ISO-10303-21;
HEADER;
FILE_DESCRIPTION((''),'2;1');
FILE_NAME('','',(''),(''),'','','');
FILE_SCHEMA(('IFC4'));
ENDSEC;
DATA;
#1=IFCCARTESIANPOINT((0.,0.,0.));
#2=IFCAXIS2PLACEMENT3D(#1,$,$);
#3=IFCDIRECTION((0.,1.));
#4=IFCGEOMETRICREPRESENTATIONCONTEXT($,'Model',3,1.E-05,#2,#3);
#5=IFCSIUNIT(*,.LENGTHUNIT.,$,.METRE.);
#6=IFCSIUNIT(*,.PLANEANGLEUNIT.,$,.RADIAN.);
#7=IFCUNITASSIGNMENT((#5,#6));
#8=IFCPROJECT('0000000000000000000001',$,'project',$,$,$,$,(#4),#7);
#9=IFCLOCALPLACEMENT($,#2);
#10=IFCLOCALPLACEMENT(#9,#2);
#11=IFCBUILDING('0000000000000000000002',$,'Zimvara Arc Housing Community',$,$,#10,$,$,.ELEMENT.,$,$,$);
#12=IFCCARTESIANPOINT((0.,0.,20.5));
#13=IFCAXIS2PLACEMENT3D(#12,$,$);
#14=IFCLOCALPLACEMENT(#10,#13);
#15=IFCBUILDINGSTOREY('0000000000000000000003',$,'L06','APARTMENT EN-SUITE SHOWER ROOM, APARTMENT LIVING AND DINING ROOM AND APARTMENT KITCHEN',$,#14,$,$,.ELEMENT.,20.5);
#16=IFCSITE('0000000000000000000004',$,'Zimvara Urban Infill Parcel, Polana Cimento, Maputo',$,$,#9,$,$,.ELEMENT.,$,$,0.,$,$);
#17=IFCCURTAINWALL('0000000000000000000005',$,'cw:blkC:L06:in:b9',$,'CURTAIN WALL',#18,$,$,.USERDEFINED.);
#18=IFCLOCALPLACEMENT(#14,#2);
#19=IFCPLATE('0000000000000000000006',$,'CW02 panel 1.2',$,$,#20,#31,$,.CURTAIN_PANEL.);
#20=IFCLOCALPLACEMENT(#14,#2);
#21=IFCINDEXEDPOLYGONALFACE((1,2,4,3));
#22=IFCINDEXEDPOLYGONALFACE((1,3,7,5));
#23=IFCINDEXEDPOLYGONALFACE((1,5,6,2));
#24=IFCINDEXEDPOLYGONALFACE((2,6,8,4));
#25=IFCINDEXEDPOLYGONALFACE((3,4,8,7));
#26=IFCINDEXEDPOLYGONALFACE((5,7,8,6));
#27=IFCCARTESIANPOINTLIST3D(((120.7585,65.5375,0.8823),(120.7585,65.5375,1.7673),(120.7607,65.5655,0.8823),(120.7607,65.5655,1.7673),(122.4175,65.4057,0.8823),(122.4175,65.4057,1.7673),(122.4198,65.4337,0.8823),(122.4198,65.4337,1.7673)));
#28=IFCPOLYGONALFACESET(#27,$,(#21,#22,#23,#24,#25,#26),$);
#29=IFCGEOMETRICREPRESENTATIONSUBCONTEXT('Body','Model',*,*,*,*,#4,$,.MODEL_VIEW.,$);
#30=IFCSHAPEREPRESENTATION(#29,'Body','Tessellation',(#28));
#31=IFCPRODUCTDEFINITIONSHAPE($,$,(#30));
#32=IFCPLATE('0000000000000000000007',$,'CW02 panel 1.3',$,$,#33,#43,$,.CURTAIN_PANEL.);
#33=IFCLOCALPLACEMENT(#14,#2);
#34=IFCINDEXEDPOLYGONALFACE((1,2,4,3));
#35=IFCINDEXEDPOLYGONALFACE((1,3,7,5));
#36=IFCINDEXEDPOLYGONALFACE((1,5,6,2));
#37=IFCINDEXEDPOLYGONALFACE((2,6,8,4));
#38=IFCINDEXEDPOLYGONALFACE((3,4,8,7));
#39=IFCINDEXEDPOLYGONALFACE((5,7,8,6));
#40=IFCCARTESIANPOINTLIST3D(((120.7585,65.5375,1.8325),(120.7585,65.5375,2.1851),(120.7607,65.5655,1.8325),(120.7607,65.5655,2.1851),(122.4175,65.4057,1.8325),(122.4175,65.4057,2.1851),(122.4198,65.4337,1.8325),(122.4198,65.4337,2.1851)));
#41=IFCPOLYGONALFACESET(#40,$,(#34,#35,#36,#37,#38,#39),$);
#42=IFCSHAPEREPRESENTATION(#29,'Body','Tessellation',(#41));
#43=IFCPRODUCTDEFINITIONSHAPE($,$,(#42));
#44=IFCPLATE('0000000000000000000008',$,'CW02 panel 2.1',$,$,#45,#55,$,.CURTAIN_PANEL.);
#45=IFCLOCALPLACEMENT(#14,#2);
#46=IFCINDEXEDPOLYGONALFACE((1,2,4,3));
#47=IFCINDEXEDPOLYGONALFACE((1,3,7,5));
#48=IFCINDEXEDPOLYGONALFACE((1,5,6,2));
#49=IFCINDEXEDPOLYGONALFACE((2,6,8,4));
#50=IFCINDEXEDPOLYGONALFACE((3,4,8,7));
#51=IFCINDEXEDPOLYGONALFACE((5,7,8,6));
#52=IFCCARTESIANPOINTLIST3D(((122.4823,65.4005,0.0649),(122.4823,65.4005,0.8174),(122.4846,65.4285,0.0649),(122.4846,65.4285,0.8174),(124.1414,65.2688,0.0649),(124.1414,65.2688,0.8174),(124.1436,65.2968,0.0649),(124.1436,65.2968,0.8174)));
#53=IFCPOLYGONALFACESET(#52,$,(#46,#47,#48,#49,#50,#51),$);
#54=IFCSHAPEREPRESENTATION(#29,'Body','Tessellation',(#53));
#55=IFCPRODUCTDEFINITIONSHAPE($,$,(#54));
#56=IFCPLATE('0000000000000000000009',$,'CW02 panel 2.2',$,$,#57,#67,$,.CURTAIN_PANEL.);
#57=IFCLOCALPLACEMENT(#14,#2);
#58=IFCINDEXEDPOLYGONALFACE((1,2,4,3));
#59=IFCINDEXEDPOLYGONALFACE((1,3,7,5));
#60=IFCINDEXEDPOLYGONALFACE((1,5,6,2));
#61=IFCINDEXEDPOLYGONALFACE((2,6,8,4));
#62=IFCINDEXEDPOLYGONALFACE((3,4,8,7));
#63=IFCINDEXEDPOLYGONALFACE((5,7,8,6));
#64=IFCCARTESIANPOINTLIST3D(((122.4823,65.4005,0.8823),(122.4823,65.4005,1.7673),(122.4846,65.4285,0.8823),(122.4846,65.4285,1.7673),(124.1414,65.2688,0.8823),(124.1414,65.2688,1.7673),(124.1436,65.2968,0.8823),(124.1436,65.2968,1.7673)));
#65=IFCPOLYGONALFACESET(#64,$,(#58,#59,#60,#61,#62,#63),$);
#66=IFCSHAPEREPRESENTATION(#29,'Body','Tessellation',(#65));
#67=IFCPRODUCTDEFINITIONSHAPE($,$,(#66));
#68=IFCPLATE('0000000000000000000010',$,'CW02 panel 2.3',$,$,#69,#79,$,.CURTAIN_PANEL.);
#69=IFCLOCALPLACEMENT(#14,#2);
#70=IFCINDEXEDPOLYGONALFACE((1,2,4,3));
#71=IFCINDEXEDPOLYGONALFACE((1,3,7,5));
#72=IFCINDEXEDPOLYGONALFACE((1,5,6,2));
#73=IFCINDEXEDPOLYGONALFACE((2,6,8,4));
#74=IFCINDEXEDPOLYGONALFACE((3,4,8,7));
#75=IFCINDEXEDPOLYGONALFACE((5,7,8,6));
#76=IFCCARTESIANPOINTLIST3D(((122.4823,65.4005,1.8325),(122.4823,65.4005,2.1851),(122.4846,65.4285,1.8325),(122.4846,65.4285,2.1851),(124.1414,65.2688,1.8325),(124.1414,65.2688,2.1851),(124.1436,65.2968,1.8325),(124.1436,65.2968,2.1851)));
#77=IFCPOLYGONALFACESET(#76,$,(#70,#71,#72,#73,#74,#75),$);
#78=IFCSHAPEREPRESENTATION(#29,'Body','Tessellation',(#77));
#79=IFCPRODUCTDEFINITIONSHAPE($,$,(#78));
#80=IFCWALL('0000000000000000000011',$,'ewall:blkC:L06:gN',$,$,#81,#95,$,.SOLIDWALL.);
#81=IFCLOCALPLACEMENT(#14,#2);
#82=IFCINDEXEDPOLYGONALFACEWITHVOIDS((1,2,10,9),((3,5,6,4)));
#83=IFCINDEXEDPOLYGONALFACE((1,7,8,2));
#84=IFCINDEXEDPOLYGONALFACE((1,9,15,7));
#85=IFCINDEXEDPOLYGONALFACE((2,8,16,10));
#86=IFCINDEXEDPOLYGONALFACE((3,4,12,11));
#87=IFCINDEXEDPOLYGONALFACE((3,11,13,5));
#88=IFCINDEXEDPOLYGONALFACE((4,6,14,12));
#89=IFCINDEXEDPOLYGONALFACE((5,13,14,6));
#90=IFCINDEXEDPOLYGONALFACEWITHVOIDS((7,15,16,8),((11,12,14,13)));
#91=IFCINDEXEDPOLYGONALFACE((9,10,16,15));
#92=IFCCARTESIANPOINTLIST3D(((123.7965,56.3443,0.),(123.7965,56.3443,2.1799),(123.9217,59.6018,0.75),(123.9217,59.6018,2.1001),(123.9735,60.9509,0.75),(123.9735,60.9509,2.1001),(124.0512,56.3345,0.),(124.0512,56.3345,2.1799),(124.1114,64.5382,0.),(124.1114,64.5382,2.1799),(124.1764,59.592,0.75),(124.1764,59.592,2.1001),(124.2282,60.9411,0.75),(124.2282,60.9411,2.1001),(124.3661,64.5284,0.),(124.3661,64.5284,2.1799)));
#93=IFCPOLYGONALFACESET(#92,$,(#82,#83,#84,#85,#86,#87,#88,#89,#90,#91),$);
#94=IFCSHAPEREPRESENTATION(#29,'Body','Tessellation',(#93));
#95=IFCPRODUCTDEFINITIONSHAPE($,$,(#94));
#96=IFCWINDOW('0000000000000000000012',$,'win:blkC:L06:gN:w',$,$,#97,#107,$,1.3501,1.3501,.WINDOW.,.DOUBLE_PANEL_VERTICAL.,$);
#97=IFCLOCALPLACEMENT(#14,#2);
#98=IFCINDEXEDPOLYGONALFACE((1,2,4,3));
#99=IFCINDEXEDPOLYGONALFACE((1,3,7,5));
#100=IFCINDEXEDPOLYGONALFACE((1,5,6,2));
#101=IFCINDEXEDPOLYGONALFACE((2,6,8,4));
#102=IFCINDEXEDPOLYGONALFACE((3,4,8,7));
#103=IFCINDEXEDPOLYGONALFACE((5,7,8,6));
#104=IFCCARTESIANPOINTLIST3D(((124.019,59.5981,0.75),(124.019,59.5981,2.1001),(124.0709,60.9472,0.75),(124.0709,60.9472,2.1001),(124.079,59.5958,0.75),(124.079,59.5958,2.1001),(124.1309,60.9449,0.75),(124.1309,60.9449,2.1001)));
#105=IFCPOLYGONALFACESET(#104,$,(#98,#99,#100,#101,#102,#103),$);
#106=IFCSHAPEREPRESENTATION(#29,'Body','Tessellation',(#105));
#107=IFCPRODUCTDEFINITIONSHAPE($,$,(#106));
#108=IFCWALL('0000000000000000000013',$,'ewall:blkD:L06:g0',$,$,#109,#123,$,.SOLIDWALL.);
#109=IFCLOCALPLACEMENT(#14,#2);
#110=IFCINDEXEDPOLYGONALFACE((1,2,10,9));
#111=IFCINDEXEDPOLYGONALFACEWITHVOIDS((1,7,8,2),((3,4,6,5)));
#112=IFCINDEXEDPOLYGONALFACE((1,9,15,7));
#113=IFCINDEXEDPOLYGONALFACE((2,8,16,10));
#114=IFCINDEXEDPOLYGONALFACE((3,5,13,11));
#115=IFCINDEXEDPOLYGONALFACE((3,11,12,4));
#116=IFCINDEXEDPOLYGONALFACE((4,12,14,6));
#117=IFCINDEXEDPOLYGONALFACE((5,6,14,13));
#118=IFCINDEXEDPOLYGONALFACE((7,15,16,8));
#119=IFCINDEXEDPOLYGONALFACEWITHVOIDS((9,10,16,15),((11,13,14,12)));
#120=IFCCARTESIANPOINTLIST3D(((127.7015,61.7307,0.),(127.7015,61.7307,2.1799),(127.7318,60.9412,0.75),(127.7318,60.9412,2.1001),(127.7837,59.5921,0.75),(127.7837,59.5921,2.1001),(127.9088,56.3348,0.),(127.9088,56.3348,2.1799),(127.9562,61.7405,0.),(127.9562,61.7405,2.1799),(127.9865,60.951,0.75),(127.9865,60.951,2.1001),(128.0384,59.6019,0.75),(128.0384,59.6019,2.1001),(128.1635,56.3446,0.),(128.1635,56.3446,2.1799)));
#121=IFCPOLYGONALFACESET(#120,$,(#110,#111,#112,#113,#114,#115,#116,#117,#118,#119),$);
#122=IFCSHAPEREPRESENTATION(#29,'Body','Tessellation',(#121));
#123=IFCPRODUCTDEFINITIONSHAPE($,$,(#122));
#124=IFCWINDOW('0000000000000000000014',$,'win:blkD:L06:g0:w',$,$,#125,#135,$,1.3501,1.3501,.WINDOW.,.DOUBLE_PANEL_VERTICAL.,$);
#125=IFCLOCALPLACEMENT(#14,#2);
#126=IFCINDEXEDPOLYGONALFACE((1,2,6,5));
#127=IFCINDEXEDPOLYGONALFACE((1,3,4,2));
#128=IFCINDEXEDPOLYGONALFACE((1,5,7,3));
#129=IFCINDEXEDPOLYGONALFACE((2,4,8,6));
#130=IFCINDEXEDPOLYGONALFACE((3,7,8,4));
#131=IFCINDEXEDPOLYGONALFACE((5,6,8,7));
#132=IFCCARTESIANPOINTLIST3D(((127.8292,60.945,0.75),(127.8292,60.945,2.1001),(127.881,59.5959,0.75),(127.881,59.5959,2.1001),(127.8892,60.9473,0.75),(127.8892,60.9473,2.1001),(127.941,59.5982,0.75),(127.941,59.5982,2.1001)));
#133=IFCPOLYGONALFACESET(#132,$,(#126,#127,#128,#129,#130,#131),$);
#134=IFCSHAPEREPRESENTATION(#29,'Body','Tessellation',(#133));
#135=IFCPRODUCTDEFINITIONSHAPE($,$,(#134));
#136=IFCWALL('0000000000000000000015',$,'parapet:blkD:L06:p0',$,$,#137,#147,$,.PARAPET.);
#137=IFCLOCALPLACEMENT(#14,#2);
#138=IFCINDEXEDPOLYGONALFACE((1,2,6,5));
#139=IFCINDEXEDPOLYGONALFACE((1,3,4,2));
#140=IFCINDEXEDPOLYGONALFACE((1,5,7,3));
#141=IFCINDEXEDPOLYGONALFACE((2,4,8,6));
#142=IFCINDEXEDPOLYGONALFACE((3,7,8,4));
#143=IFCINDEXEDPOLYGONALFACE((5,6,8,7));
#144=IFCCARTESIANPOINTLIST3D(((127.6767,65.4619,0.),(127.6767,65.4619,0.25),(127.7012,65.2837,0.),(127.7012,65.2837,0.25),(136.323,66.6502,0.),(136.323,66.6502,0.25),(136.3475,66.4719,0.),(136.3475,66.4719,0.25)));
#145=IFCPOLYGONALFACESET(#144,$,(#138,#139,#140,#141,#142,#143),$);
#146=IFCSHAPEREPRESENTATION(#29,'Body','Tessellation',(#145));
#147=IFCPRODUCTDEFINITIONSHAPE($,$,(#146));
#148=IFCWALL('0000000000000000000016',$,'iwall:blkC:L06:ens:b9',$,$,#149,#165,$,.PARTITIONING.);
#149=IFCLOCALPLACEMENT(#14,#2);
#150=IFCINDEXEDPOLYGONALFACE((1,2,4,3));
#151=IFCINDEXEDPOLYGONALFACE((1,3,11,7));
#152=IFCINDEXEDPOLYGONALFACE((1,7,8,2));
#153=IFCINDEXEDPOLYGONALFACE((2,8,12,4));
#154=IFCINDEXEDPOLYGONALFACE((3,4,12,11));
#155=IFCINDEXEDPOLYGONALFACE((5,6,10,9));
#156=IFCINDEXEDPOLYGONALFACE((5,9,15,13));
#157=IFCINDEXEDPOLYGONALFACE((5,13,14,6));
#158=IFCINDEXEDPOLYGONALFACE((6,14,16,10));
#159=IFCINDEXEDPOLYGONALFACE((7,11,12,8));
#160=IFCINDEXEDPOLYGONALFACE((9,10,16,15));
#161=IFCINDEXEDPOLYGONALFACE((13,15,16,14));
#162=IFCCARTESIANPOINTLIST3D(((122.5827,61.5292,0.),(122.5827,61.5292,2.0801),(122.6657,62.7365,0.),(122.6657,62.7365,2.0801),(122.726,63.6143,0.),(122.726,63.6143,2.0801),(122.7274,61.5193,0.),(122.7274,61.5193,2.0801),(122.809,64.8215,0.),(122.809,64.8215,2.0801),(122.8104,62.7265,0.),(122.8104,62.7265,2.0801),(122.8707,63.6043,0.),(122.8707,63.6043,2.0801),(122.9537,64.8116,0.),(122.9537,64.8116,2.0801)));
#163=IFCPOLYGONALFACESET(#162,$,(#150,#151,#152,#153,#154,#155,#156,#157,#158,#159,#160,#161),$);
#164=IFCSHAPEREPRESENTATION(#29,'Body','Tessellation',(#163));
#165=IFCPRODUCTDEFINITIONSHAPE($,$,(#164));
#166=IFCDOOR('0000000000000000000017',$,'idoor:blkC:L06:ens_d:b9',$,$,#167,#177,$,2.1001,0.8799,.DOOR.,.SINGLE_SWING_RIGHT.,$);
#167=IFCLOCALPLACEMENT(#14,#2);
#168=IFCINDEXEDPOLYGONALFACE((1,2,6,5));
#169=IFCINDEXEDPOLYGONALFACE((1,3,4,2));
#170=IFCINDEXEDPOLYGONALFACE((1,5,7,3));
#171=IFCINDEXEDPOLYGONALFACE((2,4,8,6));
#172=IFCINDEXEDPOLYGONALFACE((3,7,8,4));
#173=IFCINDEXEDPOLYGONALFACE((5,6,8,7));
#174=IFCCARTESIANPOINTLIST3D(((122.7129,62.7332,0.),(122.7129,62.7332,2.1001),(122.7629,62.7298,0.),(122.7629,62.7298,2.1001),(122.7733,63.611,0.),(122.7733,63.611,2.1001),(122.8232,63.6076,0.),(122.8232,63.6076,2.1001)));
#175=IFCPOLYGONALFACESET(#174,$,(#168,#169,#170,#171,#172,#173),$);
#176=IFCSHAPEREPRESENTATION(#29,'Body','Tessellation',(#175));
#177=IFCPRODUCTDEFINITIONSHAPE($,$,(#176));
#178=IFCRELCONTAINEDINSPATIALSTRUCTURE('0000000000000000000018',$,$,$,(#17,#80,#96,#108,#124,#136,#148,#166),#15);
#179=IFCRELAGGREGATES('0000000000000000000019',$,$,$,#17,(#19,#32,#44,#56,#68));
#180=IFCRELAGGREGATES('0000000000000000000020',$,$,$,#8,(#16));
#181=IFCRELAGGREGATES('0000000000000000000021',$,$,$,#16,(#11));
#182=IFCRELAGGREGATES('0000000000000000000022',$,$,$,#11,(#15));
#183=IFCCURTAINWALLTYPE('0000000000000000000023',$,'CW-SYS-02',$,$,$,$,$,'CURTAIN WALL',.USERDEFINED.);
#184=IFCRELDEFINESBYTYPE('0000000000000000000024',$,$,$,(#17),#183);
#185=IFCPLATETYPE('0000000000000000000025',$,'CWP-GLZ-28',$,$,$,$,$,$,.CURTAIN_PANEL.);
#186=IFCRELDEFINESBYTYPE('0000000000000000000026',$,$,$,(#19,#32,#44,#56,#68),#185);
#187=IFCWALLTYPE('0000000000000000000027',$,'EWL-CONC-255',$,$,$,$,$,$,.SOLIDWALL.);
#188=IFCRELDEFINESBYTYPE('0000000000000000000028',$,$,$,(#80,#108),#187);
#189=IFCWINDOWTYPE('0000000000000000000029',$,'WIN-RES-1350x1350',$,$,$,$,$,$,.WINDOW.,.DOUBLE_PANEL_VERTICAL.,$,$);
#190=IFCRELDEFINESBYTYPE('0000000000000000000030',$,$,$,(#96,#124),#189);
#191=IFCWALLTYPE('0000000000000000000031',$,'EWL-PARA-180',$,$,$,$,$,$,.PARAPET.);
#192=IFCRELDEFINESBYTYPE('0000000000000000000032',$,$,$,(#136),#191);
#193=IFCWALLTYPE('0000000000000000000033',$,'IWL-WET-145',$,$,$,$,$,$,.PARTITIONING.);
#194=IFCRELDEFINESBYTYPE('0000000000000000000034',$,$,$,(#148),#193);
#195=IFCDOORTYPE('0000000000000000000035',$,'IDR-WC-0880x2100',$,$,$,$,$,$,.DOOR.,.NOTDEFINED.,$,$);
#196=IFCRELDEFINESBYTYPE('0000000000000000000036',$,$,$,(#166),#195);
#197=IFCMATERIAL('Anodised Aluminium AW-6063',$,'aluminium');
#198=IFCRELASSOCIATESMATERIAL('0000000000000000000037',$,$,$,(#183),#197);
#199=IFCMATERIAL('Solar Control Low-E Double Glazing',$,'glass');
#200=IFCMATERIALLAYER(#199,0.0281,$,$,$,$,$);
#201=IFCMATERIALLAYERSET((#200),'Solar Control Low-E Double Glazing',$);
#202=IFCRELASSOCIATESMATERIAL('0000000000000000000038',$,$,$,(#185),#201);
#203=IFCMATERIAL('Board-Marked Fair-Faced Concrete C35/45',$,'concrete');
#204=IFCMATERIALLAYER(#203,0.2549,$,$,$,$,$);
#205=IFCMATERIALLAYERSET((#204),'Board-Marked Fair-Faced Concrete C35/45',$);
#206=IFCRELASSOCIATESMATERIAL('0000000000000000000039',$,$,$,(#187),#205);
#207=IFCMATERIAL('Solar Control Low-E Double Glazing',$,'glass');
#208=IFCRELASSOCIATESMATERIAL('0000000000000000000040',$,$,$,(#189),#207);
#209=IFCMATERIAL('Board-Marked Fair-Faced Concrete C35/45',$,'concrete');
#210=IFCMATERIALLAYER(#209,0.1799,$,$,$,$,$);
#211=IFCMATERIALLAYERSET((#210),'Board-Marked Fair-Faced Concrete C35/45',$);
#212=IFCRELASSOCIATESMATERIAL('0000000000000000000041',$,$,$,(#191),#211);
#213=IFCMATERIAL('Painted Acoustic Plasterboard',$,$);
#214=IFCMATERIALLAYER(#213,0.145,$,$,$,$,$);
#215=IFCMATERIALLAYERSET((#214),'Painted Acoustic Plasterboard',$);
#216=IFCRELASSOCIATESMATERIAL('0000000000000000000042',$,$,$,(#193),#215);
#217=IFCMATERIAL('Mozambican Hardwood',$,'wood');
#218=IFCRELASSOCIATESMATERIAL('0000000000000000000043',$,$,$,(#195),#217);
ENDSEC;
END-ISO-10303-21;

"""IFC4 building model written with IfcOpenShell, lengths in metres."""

from ifc_helpers import new_model, si_unit, direction, frame, frame_2d, origin, origin_2d, place, context, subcontext, project, spatial, rectangle, extrude, material, layer, layer_set, type_object, element, fill, aggregate, save


model = new_model("IFC4")

# Units and contexts
model_context = context("Model", 3, precision=1e-05, world=origin(), true_north=direction((0.0, 1.0)))
body_context = subcontext(model_context, "Body", "Model", "MODEL_VIEW")
ifc_project = project(units=[si_unit("LENGTHUNIT", "METRE"), si_unit("PLANEANGLEUNIT", "RADIAN")], contexts=[model_context])

# Site, building, storey
site_placement = place(None, origin())
site = spatial("IfcSite", under=ifc_project, at=site_placement, Name="Zimvara Urban Infill Parcel, Polana Cimento, Maputo", CompositionType="ELEMENT", RefElevation=0.0)
building_placement = place(site_placement, origin())
building = spatial("IfcBuilding", under=site, at=building_placement, Name="Zimvara Arc Housing Community", CompositionType="ELEMENT")
storey_placement = place(building_placement, frame((0.0, 0.0, 20.5)))
storey = spatial("IfcBuildingStorey", under=building, at=storey_placement, Name="L06", Description="APARTMENT EN-SUITE SHOWER ROOM, APARTMENT LIVING AND DINING ROOM AND APARTMENT KITCHEN", CompositionType="ELEMENT", Elevation=20.5)

# Curtain wall, plates
ifc_material_1 = material(Name="Anodised Aluminium AW-6063", Category="aluminium")
curtain_wall_type = type_object("IfcCurtainWallType", Name="CW-SYS-02", ElementType="CURTAIN WALL", PredefinedType="USERDEFINED", material=ifc_material_1)
curtain_wall_placement = place(storey_placement, origin())
curtain_wall = element("IfcCurtainWall", 1, at=curtain_wall_placement, inside=storey, type_object=curtain_wall_type, Name="cw:blkC:L06:in:b9", ObjectType="CURTAIN WALL", PredefinedType="USERDEFINED")
ifc_material_2 = material(Name="Solar Control Low-E Double Glazing", Category="glass")
ifc_layer_1 = layer(ifc_material_2, 0.0281)
ifc_layer_set_1 = layer_set([ifc_layer_1], Name="Solar Control Low-E Double Glazing")
plate_type = type_object("IfcPlateType", Name="CWP-GLZ-28", PredefinedType="CURTAIN_PANEL", material=ifc_layer_set_1)
plate_1_placement = place(storey_placement, frame((121.5891, 65.4856, 0.8823), z_axis=(0.0, 0.0, 1.0), x_axis=(0.996862, -0.079155, 0.0)))
plate_1 = element("IfcPlate", 2, at=plate_1_placement, type_object=plate_type, Name="CW02 panel 1.2", PredefinedType="CURTAIN_PANEL", context=body_context, shape_type="SweptSolid", body=[
    extrude(rectangle(XDim=1.6643, YDim=0.0281, at=origin_2d()), origin(), (0.0, 0.0, 1.0), 0.885),
])
plate_2_placement = place(storey_placement, frame((121.5891, 65.4856, 1.8325), z_axis=(0.0, 0.0, 1.0), x_axis=(0.996862, -0.079155, 0.0)))
plate_2 = element("IfcPlate", 3, at=plate_2_placement, type_object=plate_type, Name="CW02 panel 1.3", PredefinedType="CURTAIN_PANEL", context=body_context, shape_type="SweptSolid", body=[
    extrude(rectangle(XDim=1.6643, YDim=0.0281, at=origin_2d()), origin(), (0.0, 0.0, 1.0), 0.3525),
])
plate_3_placement = place(storey_placement, frame((123.313, 65.3486, 0.0649), z_axis=(0.0, 0.0, 1.0), x_axis=(0.996862, -0.079155, 0.0)))
plate_3 = element("IfcPlate", 4, at=plate_3_placement, type_object=plate_type, Name="CW02 panel 2.1", PredefinedType="CURTAIN_PANEL", context=body_context, shape_type="SweptSolid", body=[
    extrude(rectangle(XDim=1.6643, YDim=0.0281, at=origin_2d()), origin(), (0.0, 0.0, 1.0), 0.7524),
])
plate_4_placement = place(storey_placement, frame((123.313, 65.3486, 0.8823), z_axis=(0.0, 0.0, 1.0), x_axis=(0.996862, -0.079155, 0.0)))
plate_4 = element("IfcPlate", 5, at=plate_4_placement, type_object=plate_type, Name="CW02 panel 2.2", PredefinedType="CURTAIN_PANEL", context=body_context, shape_type="SweptSolid", body=[
    extrude(rectangle(XDim=1.6643, YDim=0.0281, at=origin_2d()), origin(), (0.0, 0.0, 1.0), 0.885),
])
plate_5_placement = place(storey_placement, frame((123.313, 65.3486, 1.8325), z_axis=(0.0, 0.0, 1.0), x_axis=(0.996862, -0.079155, 0.0)))
plate_5 = element("IfcPlate", 6, at=plate_5_placement, type_object=plate_type, Name="CW02 panel 2.3", PredefinedType="CURTAIN_PANEL", context=body_context, shape_type="SweptSolid", body=[
    extrude(rectangle(XDim=1.6643, YDim=0.0281, at=origin_2d()), origin(), (0.0, 0.0, 1.0), 0.3525),
])
aggregate(curtain_wall, [plate_1, plate_2, plate_3, plate_4, plate_5])

# Walls, openings, windows
ifc_material_3 = material(Name="Board-Marked Fair-Faced Concrete C35/45", Category="concrete")
ifc_layer_2 = layer(ifc_material_3, 0.2549)
ifc_layer_set_2 = layer_set([ifc_layer_2], Name="Board-Marked Fair-Faced Concrete C35/45")
wall_type_1 = type_object("IfcWallType", Name="EWL-CONC-255", PredefinedType="SOLIDWALL", material=ifc_layer_set_2)
wall_1_placement = place(storey_placement, frame((124.2388, 64.5334, 0.0), z_axis=(0.0, 0.0, 1.0), x_axis=(-0.038408, -0.999262, 0.0)))
wall_1 = element("IfcWall", 7, at=wall_1_placement, inside=storey, type_object=wall_type_1, Name="ewall:blkC:L06:gN", PredefinedType="SOLIDWALL", context=body_context, shape_type="SweptSolid", body=[
    extrude(rectangle(XDim=8.2, YDim=0.2549, at=frame_2d((4.1001, 0.0))), origin(), (0.0, 0.0, 1.0), 2.1799),
])
opening_1_placement = place(wall_1_placement, frame((3.5901, 0.0, 0.75)))
opening_1 = element("IfcOpeningElement", 8, at=opening_1_placement, cuts=wall_1, PredefinedType="OPENING", context=body_context, shape_type="SweptSolid", body=[
    extrude(rectangle(XDim=1.3501, YDim=1.3501, at=frame_2d((0.675, 0.675))), frame((0.0, 0.1375, 0.0), z_axis=(0.0, -1.0, 0.0), x_axis=(1.0, 0.0, 0.0)), (0.0, 0.0, 1.0), 0.2749),
])
ifc_material_4 = material(Name="Solar Control Low-E Double Glazing", Category="glass")
window_type = type_object("IfcWindowType", Name="WIN-RES-1350x1350", PartitioningType="DOUBLE_PANEL_VERTICAL", PredefinedType="WINDOW", material=ifc_material_4)
window_1_placement = place(opening_1_placement, origin())
window_1 = element("IfcWindow", 9, at=window_1_placement, inside=storey, type_object=window_type, Name="win:blkC:L06:gN:w", OverallHeight=1.3501, OverallWidth=1.3501, PartitioningType="DOUBLE_PANEL_VERTICAL", PredefinedType="WINDOW", context=body_context, shape_type="SweptSolid", body=[
    extrude(rectangle(XDim=1.3501, YDim=1.3501, at=frame_2d((0.675, 0.675))), frame((0.0, 0.03, 0.0), z_axis=(0.0, -1.0, 0.0), x_axis=(1.0, 0.0, 0.0)), (0.0, 0.0, 1.0), 0.0601),
])
fill(opening_1, window_1)
wall_2_placement = place(storey_placement, frame((127.8289, 61.7356, 0.0), z_axis=(0.0, 0.0, 1.0), x_axis=(0.038385, -0.999263, 0.0)))
wall_2 = element("IfcWall", 10, at=wall_2_placement, inside=storey, type_object=wall_type_1, Name="ewall:blkD:L06:g0", PredefinedType="SOLIDWALL", context=body_context, shape_type="SweptSolid", body=[
    extrude(rectangle(XDim=5.3999, YDim=0.2549, at=frame_2d((2.7, 0.0))), origin(), (0.0, 0.0, 1.0), 2.1799),
])
opening_2_placement = place(wall_2_placement, frame((0.79, 0.0, 0.75)))
opening_2 = element("IfcOpeningElement", 11, at=opening_2_placement, cuts=wall_2, PredefinedType="OPENING", context=body_context, shape_type="SweptSolid", body=[
    extrude(rectangle(XDim=1.3501, YDim=1.3501, at=frame_2d((0.675, 0.675))), frame((0.0, 0.1375, 0.0), z_axis=(0.0, -1.0, 0.0), x_axis=(1.0, 0.0, 0.0)), (0.0, 0.0, 1.0), 0.2749),
])
window_2_placement = place(opening_2_placement, origin())
window_2 = element("IfcWindow", 12, at=window_2_placement, inside=storey, type_object=window_type, Name="win:blkD:L06:g0:w", OverallHeight=1.3501, OverallWidth=1.3501, PartitioningType="DOUBLE_PANEL_VERTICAL", PredefinedType="WINDOW", context=body_context, shape_type="SweptSolid", body=[
    extrude(rectangle(XDim=1.3501, YDim=1.3501, at=frame_2d((0.675, 0.675))), frame((0.0, 0.03, 0.0), z_axis=(0.0, -1.0, 0.0), x_axis=(1.0, 0.0, 0.0)), (0.0, 0.0, 1.0), 0.0601),
])
fill(opening_2, window_2)

# Wall
ifc_material_5 = material(Name="Board-Marked Fair-Faced Concrete C35/45", Category="concrete")
ifc_layer_3 = layer(ifc_material_5, 0.1799)
ifc_layer_set_3 = layer_set([ifc_layer_3], Name="Board-Marked Fair-Faced Concrete C35/45")
wall_type_2 = type_object("IfcWallType", Name="EWL-PARA-180", PredefinedType="PARAPET", material=ifc_layer_set_3)
wall_3_placement = place(storey_placement, frame((127.689, 65.3728, 0.0), z_axis=(0.0, 0.0, 1.0), x_axis=(0.990689, 0.136148, 0.0)))
element("IfcWall", 13, at=wall_3_placement, inside=storey, type_object=wall_type_2, Name="parapet:blkD:L06:p0", PredefinedType="PARAPET", context=body_context, shape_type="SweptSolid", body=[
    extrude(rectangle(XDim=8.7275, YDim=0.1799, at=frame_2d((4.3638, 0.0))), origin(), (0.0, 0.0, 1.0), 0.25),
])

# Wall, opening, door
ifc_material_6 = material(Name="Painted Acoustic Plasterboard")
ifc_layer_4 = layer(ifc_material_6, 0.145)
ifc_layer_set_4 = layer_set([ifc_layer_4], Name="Painted Acoustic Plasterboard")
wall_type_3 = type_object("IfcWallType", Name="IWL-WET-145", PredefinedType="PARTITIONING", material=ifc_layer_set_4)
wall_4_placement = place(storey_placement, frame((122.8813, 64.8164, 0.0), z_axis=(0.0, 0.0, 1.0), x_axis=(-0.068581, -0.997646, 0.0)))
wall_4 = element("IfcWall", 14, at=wall_4_placement, inside=storey, type_object=wall_type_3, Name="iwall:blkC:L06:ens:b9", PredefinedType="PARTITIONING", context=body_context, shape_type="SweptSolid", body=[
    extrude(rectangle(XDim=3.3, YDim=0.145, at=frame_2d((1.6499, 0.0))), origin(), (0.0, 0.0, 1.0), 2.0801),
])
opening_3_placement = place(wall_4_placement, frame((1.21, 0.0, 0.0)))
opening_3 = element("IfcOpeningElement", 15, at=opening_3_placement, cuts=wall_4, PredefinedType="OPENING", context=body_context, shape_type="SweptSolid", body=[
    extrude(rectangle(XDim=0.8799, YDim=2.1001, at=frame_2d((0.4399, 1.05))), frame((0.0, 0.0825, 0.0), z_axis=(0.0, -1.0, 0.0), x_axis=(1.0, 0.0, 0.0)), (0.0, 0.0, 1.0), 0.165),
])
ifc_material_7 = material(Name="Mozambican Hardwood", Category="wood")
door_type_1 = type_object("IfcDoorType", Name="IDR-WC-0880x2100", OperationType="NOTDEFINED", PredefinedType="DOOR", material=ifc_material_7)
door_1_placement = place(opening_3_placement, origin())
door_1 = element("IfcDoor", 16, at=door_1_placement, inside=storey, type_object=door_type_1, Name="idoor:blkC:L06:ens_d:b9", OperationType="SINGLE_SWING_RIGHT", OverallHeight=2.1001, OverallWidth=0.8799, PredefinedType="DOOR", context=body_context, shape_type="SweptSolid", body=[
    extrude(rectangle(XDim=0.8799, YDim=2.1001, at=frame_2d((0.4399, 1.05))), frame((0.0, 0.0249, 0.0), z_axis=(0.0, -1.0, 0.0), x_axis=(1.0, 0.0, 0.0)), (0.0, 0.0, 1.0), 0.05),
])
fill(opening_3, door_1)

save(model, "model.ifc")
